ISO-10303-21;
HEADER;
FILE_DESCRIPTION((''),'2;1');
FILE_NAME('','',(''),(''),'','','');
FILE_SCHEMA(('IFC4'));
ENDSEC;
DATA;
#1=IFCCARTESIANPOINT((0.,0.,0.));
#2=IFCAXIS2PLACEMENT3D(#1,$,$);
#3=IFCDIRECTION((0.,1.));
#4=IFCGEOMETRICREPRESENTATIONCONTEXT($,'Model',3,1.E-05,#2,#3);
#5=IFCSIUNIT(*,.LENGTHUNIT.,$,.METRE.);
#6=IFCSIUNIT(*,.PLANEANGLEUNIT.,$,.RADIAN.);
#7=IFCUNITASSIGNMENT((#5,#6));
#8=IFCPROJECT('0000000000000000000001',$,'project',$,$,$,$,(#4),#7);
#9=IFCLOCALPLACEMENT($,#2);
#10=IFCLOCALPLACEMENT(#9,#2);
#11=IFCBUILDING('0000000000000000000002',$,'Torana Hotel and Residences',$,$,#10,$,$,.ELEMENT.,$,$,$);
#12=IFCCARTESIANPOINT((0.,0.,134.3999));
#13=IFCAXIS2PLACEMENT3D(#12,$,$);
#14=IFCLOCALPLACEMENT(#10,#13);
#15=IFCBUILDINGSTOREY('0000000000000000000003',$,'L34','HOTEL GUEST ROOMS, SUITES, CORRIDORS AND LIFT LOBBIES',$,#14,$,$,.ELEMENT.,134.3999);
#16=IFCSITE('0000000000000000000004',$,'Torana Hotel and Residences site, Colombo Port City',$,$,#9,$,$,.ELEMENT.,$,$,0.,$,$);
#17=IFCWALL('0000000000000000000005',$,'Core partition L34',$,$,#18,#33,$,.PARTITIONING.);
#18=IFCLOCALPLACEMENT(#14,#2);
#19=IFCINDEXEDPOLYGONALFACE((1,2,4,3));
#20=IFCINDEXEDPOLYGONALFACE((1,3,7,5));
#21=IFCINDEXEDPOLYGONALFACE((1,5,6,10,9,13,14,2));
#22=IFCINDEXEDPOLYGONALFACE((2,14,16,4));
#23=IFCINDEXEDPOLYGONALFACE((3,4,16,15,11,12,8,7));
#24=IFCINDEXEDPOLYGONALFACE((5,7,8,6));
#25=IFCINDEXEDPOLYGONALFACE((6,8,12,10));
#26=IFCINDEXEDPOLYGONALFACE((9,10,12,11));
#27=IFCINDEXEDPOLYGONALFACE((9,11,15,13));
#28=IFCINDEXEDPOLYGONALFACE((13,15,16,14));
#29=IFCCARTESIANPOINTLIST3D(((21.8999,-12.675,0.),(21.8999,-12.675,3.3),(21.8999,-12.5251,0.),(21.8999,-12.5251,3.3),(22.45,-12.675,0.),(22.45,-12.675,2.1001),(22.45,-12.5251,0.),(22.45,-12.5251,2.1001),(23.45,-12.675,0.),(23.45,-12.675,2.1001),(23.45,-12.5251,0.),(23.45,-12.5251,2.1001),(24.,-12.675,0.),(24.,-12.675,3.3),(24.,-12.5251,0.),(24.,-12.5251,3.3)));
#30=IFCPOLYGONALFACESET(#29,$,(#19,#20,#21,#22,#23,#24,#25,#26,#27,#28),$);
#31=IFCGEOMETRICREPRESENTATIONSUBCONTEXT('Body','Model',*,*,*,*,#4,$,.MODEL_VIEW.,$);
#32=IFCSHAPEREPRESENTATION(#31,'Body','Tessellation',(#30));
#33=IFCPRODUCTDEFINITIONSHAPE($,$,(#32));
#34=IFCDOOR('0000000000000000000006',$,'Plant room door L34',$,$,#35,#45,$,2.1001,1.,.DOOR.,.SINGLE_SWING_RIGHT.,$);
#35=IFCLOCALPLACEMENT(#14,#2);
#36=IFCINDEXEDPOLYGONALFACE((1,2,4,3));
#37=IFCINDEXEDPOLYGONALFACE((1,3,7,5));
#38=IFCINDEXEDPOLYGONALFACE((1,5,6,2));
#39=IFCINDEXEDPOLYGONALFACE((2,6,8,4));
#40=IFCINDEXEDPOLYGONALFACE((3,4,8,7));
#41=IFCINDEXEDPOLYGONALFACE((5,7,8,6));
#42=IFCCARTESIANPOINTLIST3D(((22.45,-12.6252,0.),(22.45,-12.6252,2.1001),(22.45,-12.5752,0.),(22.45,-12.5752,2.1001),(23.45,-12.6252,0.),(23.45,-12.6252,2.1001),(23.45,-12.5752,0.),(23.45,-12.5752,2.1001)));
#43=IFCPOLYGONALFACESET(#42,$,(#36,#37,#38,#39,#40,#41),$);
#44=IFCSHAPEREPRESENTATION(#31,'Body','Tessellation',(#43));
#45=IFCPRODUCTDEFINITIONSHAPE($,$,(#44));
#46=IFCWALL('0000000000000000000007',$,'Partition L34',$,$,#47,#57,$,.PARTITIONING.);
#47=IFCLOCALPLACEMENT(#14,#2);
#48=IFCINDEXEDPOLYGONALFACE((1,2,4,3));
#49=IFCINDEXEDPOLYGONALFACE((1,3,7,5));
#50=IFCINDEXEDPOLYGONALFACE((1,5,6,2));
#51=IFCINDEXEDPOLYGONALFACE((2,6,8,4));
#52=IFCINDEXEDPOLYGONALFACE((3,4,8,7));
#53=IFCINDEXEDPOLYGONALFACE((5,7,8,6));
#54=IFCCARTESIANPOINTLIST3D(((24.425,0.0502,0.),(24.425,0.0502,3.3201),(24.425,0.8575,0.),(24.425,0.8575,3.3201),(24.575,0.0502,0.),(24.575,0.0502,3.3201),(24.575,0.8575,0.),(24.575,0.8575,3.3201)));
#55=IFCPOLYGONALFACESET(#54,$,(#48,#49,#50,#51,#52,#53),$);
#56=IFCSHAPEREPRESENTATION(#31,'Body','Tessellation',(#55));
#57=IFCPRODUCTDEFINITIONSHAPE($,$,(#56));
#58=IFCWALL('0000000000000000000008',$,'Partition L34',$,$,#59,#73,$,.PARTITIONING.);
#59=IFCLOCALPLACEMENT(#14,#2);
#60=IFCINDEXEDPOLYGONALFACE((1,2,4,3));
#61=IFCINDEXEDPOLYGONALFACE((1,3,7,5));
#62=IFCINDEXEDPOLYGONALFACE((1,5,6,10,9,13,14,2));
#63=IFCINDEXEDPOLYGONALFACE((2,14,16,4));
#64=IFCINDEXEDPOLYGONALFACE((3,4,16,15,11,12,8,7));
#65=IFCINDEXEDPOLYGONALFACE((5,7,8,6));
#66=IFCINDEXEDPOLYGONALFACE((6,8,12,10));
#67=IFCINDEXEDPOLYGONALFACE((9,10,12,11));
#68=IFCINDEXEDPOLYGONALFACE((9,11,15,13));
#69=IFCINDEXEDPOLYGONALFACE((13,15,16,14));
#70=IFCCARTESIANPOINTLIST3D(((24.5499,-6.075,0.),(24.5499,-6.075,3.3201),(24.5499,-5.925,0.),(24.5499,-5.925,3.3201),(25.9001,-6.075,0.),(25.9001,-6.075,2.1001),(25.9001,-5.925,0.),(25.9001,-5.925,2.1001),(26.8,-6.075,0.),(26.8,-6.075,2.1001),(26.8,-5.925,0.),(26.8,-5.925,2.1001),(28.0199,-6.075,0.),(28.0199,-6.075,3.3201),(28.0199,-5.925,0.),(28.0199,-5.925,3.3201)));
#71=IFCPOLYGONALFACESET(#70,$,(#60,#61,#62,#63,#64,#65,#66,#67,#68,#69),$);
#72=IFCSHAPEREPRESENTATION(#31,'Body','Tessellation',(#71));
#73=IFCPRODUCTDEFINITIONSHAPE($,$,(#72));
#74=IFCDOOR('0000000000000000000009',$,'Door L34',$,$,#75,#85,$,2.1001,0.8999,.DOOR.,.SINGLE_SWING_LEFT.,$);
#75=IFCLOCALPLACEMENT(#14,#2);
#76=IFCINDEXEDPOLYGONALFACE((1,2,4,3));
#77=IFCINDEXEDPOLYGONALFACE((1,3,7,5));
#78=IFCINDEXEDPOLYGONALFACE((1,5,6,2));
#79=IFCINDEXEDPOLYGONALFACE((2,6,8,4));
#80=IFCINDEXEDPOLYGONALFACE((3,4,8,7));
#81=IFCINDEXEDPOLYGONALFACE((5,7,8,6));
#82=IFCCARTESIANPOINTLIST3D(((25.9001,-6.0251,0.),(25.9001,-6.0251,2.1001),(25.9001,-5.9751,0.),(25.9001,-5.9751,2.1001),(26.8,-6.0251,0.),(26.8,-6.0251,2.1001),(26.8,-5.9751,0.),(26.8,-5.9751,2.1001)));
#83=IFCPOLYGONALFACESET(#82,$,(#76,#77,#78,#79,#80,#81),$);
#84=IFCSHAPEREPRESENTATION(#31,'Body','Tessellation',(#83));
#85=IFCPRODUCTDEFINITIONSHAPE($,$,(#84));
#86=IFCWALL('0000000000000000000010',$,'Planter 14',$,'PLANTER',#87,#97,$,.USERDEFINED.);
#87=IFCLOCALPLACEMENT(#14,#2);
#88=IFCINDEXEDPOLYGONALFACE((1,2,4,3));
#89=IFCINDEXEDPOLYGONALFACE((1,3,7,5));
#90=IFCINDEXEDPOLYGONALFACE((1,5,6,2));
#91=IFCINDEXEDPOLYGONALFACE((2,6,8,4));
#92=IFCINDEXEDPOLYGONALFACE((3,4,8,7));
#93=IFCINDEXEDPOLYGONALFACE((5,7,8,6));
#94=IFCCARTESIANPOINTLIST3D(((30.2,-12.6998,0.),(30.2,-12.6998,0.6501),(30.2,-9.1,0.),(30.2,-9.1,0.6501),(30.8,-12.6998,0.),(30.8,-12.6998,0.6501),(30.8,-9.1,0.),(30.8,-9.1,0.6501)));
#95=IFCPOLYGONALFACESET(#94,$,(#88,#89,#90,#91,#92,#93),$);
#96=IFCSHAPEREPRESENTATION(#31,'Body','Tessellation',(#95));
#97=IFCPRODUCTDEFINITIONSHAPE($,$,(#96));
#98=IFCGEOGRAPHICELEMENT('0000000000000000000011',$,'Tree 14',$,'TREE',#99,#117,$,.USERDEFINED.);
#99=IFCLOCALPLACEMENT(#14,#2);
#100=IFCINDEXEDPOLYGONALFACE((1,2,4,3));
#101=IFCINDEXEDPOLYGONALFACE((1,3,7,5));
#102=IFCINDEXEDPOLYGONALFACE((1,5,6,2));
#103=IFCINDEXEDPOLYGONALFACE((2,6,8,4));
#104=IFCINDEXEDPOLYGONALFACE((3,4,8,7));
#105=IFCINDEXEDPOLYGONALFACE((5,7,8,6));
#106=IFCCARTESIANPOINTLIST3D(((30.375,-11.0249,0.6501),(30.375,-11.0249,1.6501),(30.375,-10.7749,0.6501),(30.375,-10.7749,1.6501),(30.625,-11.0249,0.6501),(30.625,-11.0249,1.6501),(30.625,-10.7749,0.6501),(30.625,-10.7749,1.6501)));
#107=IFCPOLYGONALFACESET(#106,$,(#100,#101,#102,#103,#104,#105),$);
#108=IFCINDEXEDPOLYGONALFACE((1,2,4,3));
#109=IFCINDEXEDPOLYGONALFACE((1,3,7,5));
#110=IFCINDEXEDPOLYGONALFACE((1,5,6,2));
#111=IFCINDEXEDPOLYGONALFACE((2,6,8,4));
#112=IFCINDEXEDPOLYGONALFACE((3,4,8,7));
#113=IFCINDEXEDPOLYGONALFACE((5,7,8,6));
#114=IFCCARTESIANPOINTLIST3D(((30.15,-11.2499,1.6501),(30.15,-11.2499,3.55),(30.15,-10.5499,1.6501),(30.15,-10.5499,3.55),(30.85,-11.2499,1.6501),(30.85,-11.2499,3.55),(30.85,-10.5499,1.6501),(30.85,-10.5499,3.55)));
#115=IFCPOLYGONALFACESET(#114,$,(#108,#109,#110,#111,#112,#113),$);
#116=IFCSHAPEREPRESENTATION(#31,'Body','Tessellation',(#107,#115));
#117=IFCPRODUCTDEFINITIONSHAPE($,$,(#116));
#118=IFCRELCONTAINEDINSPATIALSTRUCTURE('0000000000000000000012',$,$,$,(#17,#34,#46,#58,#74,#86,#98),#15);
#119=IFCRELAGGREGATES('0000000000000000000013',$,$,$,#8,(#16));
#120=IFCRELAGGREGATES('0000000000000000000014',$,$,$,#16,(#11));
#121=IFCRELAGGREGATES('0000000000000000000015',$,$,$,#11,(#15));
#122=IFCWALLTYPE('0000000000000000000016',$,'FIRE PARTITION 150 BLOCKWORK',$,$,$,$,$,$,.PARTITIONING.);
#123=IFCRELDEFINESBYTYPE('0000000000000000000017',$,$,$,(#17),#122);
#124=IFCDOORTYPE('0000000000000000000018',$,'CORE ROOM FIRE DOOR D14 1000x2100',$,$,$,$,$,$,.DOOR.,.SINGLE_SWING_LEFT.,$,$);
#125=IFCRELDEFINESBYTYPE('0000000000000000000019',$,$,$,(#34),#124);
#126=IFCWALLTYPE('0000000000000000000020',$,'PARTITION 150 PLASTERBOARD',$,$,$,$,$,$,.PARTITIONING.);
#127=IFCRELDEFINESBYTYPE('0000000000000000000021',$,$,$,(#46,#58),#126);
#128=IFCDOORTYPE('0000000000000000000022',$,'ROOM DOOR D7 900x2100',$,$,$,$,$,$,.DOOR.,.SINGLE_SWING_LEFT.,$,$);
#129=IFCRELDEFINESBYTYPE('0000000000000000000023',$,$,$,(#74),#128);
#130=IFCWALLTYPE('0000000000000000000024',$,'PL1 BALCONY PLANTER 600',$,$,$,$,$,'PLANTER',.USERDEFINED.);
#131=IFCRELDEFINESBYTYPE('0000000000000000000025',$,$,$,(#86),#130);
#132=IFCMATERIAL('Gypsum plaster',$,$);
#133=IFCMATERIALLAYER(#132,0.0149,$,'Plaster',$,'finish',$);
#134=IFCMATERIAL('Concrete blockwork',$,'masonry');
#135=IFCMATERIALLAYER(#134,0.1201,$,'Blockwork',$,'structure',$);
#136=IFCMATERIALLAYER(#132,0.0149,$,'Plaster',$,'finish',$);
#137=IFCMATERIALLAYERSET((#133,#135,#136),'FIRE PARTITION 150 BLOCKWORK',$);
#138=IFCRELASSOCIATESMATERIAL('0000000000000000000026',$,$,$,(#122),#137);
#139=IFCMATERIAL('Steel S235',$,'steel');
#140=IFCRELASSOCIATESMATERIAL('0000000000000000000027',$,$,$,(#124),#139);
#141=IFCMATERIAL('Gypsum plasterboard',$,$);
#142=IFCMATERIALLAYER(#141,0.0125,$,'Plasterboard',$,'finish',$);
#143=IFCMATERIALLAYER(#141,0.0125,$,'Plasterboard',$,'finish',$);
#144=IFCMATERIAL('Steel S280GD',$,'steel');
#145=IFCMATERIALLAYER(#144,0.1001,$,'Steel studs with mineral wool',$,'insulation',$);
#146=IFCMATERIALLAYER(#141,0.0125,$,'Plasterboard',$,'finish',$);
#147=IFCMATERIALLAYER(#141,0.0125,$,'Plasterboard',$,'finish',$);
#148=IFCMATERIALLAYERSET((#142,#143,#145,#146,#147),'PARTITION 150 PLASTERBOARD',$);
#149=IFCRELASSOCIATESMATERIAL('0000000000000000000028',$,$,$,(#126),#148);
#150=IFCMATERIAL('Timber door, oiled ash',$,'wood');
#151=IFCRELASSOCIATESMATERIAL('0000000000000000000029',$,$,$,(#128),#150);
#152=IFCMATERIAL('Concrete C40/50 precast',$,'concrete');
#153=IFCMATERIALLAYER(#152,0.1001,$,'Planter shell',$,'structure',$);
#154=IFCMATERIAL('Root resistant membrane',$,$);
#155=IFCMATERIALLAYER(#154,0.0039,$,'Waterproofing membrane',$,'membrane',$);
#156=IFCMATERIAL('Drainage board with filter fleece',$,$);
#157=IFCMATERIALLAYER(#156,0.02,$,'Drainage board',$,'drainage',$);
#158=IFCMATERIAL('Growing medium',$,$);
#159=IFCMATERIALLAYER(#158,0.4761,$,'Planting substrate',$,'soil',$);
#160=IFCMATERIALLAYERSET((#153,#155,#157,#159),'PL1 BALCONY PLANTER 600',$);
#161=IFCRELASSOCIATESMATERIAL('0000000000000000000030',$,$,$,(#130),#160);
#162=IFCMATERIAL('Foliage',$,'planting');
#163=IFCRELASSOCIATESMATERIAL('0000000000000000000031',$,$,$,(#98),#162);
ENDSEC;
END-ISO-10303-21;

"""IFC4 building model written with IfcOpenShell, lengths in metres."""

from ifc_helpers import new_model, si_unit, direction, frame, frame_2d, origin, origin_2d, place, context, subcontext, project, spatial, rectangle, extrude, material, layer, layer_set, type_object, element, fill, save


model = new_model("IFC4")

# Units and contexts
model_context = context("Model", 3, precision=1e-05, world=origin(), true_north=direction((0.0, 1.0)))
body_context = subcontext(model_context, "Body", "Model", "MODEL_VIEW")
ifc_project = project(units=[si_unit("LENGTHUNIT", "METRE"), si_unit("PLANEANGLEUNIT", "RADIAN")], contexts=[model_context])

# Site, building, storey
site_placement = place(None, origin())
site = spatial("IfcSite", under=ifc_project, at=site_placement, Name="Torana Hotel and Residences site, Colombo Port City", CompositionType="ELEMENT", RefElevation=0.0)
building_placement = place(site_placement, origin())
building = spatial("IfcBuilding", under=site, at=building_placement, Name="Torana Hotel and Residences", CompositionType="ELEMENT")
storey_placement = place(building_placement, frame((0.0, 0.0, 134.3999)))
storey = spatial("IfcBuildingStorey", under=building, at=storey_placement, Name="L34", Description="HOTEL GUEST ROOMS, SUITES, CORRIDORS AND LIFT LOBBIES", CompositionType="ELEMENT", Elevation=134.3999)

# Shared definitions
ifc_material_1 = material(Name="Steel S280GD", Category="steel")

# Shared definitions
ifc_material_2 = material(Name="Concrete C40/50 precast", Category="concrete")

# Wall, opening, door
ifc_material_3 = material(Name="Gypsum plaster")
ifc_layer_1 = layer(ifc_material_3, 0.0149, Name="Plaster", Category="finish")
ifc_material_4 = material(Name="Concrete blockwork", Category="masonry")
ifc_layer_2 = layer(ifc_material_4, 0.1201, Name="Blockwork", Category="structure")
ifc_layer_3 = layer(ifc_material_3, 0.0149, Name="Plaster", Category="finish")
ifc_layer_set_1 = layer_set([ifc_layer_1, ifc_layer_2, ifc_layer_3], Name="FIRE PARTITION 150 BLOCKWORK")
wall_type_1 = type_object("IfcWallType", Name="FIRE PARTITION 150 BLOCKWORK", PredefinedType="PARTITIONING", material=ifc_layer_set_1)
wall_1_placement = place(storey_placement, frame((21.8999, -12.6001, 0.0), z_axis=(0.0, 0.0, 1.0), x_axis=(1.0, 0.0, 0.0)))
wall_1 = element("IfcWall", 1, at=wall_1_placement, inside=storey, type_object=wall_type_1, Name="Core partition L34", PredefinedType="PARTITIONING", context=body_context, shape_type="SweptSolid", body=[
    extrude(rectangle(XDim=2.1001, YDim=0.1499, at=frame_2d((1.05, 0.0))), origin(), (0.0, 0.0, 1.0), 3.3),
])
opening_1_placement = place(wall_1_placement, frame((0.55, 0.0, 0.0)))
opening_1 = element("IfcOpeningElement", 2, at=opening_1_placement, cuts=wall_1, PredefinedType="OPENING", context=body_context, shape_type="SweptSolid", body=[
    extrude(rectangle(XDim=1.0, YDim=2.1001, at=frame_2d((0.5, 1.05))), frame((0.0, 0.085, 0.0), z_axis=(0.0, -1.0, 0.0), x_axis=(1.0, 0.0, 0.0)), (0.0, 0.0, 1.0), 0.1699),
])
ifc_material_5 = material(Name="Steel S235", Category="steel")
door_type_1 = type_object("IfcDoorType", Name="CORE ROOM FIRE DOOR D14 1000x2100", OperationType="SINGLE_SWING_LEFT", PredefinedType="DOOR", material=ifc_material_5)
door_1_placement = place(opening_1_placement, origin())
door_1 = element("IfcDoor", 3, at=door_1_placement, inside=storey, type_object=door_type_1, Name="Plant room door L34", OperationType="SINGLE_SWING_RIGHT", OverallHeight=2.1001, OverallWidth=1.0, PredefinedType="DOOR", context=body_context, shape_type="SweptSolid", body=[
    extrude(rectangle(XDim=1.0, YDim=2.1001, at=frame_2d((0.5, 1.05))), frame((0.0, 0.0249, 0.0), z_axis=(0.0, -1.0, 0.0), x_axis=(1.0, 0.0, 0.0)), (0.0, 0.0, 1.0), 0.05),
])
fill(opening_1, door_1)

# Wall
ifc_material_6 = material(Name="Gypsum plasterboard")
ifc_layer_4 = layer(ifc_material_6, 0.0125, Name="Plasterboard", Category="finish")
ifc_layer_5 = layer(ifc_material_6, 0.0125, Name="Plasterboard", Category="finish")
ifc_layer_6 = layer(ifc_material_1, 0.1001, Name="Steel studs with mineral wool", Category="insulation")
ifc_layer_7 = layer(ifc_material_6, 0.0125, Name="Plasterboard", Category="finish")
ifc_layer_8 = layer(ifc_material_6, 0.0125, Name="Plasterboard", Category="finish")
ifc_layer_set_2 = layer_set([ifc_layer_4, ifc_layer_5, ifc_layer_6, ifc_layer_7, ifc_layer_8], Name="PARTITION 150 PLASTERBOARD")
wall_type_2 = type_object("IfcWallType", Name="PARTITION 150 PLASTERBOARD", PredefinedType="PARTITIONING", material=ifc_layer_set_2)
wall_2_placement = place(storey_placement, frame((24.5, 0.05, 0.0), z_axis=(0.0, 0.0, 1.0), x_axis=(0.0, 1.0, 0.0)))
element("IfcWall", 4, at=wall_2_placement, inside=storey, type_object=wall_type_2, Name="Partition L34", PredefinedType="PARTITIONING", context=body_context, shape_type="SweptSolid", body=[
    extrude(rectangle(XDim=0.8074, YDim=0.1499, at=frame_2d((0.4038, 0.0))), origin(), (0.0, 0.0, 1.0), 3.3201),
])

# Wall, opening, door
wall_3_placement = place(storey_placement, frame((24.55, -6.0, 0.0), z_axis=(0.0, 0.0, 1.0), x_axis=(1.0, 0.0, 0.0)))
wall_3 = element("IfcWall", 5, at=wall_3_placement, inside=storey, type_object=wall_type_2, Name="Partition L34", PredefinedType="PARTITIONING", context=body_context, shape_type="SweptSolid", body=[
    extrude(rectangle(XDim=3.47, YDim=0.1499, at=frame_2d((1.7349, 0.0))), origin(), (0.0, 0.0, 1.0), 3.3201),
])
opening_2_placement = place(wall_3_placement, frame((1.3501, 0.0, 0.0)))
opening_2 = element("IfcOpeningElement", 6, at=opening_2_placement, cuts=wall_3, PredefinedType="OPENING", context=body_context, shape_type="SweptSolid", body=[
    extrude(rectangle(XDim=0.8999, YDim=2.1001, at=frame_2d((0.45, 1.05))), frame((0.0, 0.085, 0.0), z_axis=(0.0, -1.0, 0.0), x_axis=(1.0, 0.0, 0.0)), (0.0, 0.0, 1.0), 0.1699),
])
ifc_material_7 = material(Name="Timber door, oiled ash", Category="wood")
door_type_2 = type_object("IfcDoorType", Name="ROOM DOOR D7 900x2100", OperationType="SINGLE_SWING_LEFT", PredefinedType="DOOR", material=ifc_material_7)
door_2_placement = place(opening_2_placement, origin())
door_2 = element("IfcDoor", 7, at=door_2_placement, inside=storey, type_object=door_type_2, Name="Door L34", OperationType="SINGLE_SWING_LEFT", OverallHeight=2.1001, OverallWidth=0.8999, PredefinedType="DOOR", context=body_context, shape_type="SweptSolid", body=[
    extrude(rectangle(XDim=0.8999, YDim=2.1001, at=frame_2d((0.45, 1.05))), frame((0.0, 0.0249, 0.0), z_axis=(0.0, -1.0, 0.0), x_axis=(1.0, 0.0, 0.0)), (0.0, 0.0, 1.0), 0.05),
])
fill(opening_2, door_2)

# Wall
ifc_layer_9 = layer(ifc_material_2, 0.1001, Name="Planter shell", Category="structure")
ifc_material_8 = material(Name="Root resistant membrane")
ifc_layer_10 = layer(ifc_material_8, 0.0039, Name="Waterproofing membrane", Category="membrane")
ifc_material_9 = material(Name="Drainage board with filter fleece")
ifc_layer_11 = layer(ifc_material_9, 0.02, Name="Drainage board", Category="drainage")
ifc_material_10 = material(Name="Growing medium")
ifc_layer_12 = layer(ifc_material_10, 0.4761, Name="Planting substrate", Category="soil")
ifc_layer_set_3 = layer_set([ifc_layer_9, ifc_layer_10, ifc_layer_11, ifc_layer_12], Name="PL1 BALCONY PLANTER 600")
wall_type_3 = type_object("IfcWallType", Name="PL1 BALCONY PLANTER 600", ElementType="PLANTER", PredefinedType="USERDEFINED", material=ifc_layer_set_3)
wall_4_placement = place(storey_placement, frame((30.5, -9.1001, 0.0), z_axis=(0.0, 0.0, 1.0), x_axis=(0.0, -1.0, 0.0)))
element("IfcWall", 8, at=wall_4_placement, inside=storey, type_object=wall_type_3, Name="Planter 14", ObjectType="PLANTER", PredefinedType="USERDEFINED", context=body_context, shape_type="SweptSolid", body=[
    extrude(rectangle(XDim=3.5999, YDim=0.6001, at=frame_2d((1.7998, 0.0))), origin(), (0.0, 0.0, 1.0), 0.6501),
])

# Geographic element
ifc_material_11 = material(Name="Foliage", Category="planting")
geographic_element_placement = place(storey_placement, frame((30.5, -10.8999, 0.6501), z_axis=(0.0, 0.0, 1.0), x_axis=(1.0, 0.0, 0.0)))
element("IfcGeographicElement", 9, at=geographic_element_placement, inside=storey, material=ifc_material_11, Name="Tree 14", ObjectType="TREE", PredefinedType="USERDEFINED", context=body_context, shape_type="SweptSolid", body=[
    extrude(rectangle(XDim=0.25, YDim=0.25, at=origin_2d()), origin(), (0.0, 0.0, 1.0), 1.0),
    extrude(rectangle(XDim=0.7, YDim=0.7, at=origin_2d()), frame((0.0, 0.0, 1.0)), (0.0, 0.0, 1.0), 1.8999),
])

save(model, "model.ifc")
